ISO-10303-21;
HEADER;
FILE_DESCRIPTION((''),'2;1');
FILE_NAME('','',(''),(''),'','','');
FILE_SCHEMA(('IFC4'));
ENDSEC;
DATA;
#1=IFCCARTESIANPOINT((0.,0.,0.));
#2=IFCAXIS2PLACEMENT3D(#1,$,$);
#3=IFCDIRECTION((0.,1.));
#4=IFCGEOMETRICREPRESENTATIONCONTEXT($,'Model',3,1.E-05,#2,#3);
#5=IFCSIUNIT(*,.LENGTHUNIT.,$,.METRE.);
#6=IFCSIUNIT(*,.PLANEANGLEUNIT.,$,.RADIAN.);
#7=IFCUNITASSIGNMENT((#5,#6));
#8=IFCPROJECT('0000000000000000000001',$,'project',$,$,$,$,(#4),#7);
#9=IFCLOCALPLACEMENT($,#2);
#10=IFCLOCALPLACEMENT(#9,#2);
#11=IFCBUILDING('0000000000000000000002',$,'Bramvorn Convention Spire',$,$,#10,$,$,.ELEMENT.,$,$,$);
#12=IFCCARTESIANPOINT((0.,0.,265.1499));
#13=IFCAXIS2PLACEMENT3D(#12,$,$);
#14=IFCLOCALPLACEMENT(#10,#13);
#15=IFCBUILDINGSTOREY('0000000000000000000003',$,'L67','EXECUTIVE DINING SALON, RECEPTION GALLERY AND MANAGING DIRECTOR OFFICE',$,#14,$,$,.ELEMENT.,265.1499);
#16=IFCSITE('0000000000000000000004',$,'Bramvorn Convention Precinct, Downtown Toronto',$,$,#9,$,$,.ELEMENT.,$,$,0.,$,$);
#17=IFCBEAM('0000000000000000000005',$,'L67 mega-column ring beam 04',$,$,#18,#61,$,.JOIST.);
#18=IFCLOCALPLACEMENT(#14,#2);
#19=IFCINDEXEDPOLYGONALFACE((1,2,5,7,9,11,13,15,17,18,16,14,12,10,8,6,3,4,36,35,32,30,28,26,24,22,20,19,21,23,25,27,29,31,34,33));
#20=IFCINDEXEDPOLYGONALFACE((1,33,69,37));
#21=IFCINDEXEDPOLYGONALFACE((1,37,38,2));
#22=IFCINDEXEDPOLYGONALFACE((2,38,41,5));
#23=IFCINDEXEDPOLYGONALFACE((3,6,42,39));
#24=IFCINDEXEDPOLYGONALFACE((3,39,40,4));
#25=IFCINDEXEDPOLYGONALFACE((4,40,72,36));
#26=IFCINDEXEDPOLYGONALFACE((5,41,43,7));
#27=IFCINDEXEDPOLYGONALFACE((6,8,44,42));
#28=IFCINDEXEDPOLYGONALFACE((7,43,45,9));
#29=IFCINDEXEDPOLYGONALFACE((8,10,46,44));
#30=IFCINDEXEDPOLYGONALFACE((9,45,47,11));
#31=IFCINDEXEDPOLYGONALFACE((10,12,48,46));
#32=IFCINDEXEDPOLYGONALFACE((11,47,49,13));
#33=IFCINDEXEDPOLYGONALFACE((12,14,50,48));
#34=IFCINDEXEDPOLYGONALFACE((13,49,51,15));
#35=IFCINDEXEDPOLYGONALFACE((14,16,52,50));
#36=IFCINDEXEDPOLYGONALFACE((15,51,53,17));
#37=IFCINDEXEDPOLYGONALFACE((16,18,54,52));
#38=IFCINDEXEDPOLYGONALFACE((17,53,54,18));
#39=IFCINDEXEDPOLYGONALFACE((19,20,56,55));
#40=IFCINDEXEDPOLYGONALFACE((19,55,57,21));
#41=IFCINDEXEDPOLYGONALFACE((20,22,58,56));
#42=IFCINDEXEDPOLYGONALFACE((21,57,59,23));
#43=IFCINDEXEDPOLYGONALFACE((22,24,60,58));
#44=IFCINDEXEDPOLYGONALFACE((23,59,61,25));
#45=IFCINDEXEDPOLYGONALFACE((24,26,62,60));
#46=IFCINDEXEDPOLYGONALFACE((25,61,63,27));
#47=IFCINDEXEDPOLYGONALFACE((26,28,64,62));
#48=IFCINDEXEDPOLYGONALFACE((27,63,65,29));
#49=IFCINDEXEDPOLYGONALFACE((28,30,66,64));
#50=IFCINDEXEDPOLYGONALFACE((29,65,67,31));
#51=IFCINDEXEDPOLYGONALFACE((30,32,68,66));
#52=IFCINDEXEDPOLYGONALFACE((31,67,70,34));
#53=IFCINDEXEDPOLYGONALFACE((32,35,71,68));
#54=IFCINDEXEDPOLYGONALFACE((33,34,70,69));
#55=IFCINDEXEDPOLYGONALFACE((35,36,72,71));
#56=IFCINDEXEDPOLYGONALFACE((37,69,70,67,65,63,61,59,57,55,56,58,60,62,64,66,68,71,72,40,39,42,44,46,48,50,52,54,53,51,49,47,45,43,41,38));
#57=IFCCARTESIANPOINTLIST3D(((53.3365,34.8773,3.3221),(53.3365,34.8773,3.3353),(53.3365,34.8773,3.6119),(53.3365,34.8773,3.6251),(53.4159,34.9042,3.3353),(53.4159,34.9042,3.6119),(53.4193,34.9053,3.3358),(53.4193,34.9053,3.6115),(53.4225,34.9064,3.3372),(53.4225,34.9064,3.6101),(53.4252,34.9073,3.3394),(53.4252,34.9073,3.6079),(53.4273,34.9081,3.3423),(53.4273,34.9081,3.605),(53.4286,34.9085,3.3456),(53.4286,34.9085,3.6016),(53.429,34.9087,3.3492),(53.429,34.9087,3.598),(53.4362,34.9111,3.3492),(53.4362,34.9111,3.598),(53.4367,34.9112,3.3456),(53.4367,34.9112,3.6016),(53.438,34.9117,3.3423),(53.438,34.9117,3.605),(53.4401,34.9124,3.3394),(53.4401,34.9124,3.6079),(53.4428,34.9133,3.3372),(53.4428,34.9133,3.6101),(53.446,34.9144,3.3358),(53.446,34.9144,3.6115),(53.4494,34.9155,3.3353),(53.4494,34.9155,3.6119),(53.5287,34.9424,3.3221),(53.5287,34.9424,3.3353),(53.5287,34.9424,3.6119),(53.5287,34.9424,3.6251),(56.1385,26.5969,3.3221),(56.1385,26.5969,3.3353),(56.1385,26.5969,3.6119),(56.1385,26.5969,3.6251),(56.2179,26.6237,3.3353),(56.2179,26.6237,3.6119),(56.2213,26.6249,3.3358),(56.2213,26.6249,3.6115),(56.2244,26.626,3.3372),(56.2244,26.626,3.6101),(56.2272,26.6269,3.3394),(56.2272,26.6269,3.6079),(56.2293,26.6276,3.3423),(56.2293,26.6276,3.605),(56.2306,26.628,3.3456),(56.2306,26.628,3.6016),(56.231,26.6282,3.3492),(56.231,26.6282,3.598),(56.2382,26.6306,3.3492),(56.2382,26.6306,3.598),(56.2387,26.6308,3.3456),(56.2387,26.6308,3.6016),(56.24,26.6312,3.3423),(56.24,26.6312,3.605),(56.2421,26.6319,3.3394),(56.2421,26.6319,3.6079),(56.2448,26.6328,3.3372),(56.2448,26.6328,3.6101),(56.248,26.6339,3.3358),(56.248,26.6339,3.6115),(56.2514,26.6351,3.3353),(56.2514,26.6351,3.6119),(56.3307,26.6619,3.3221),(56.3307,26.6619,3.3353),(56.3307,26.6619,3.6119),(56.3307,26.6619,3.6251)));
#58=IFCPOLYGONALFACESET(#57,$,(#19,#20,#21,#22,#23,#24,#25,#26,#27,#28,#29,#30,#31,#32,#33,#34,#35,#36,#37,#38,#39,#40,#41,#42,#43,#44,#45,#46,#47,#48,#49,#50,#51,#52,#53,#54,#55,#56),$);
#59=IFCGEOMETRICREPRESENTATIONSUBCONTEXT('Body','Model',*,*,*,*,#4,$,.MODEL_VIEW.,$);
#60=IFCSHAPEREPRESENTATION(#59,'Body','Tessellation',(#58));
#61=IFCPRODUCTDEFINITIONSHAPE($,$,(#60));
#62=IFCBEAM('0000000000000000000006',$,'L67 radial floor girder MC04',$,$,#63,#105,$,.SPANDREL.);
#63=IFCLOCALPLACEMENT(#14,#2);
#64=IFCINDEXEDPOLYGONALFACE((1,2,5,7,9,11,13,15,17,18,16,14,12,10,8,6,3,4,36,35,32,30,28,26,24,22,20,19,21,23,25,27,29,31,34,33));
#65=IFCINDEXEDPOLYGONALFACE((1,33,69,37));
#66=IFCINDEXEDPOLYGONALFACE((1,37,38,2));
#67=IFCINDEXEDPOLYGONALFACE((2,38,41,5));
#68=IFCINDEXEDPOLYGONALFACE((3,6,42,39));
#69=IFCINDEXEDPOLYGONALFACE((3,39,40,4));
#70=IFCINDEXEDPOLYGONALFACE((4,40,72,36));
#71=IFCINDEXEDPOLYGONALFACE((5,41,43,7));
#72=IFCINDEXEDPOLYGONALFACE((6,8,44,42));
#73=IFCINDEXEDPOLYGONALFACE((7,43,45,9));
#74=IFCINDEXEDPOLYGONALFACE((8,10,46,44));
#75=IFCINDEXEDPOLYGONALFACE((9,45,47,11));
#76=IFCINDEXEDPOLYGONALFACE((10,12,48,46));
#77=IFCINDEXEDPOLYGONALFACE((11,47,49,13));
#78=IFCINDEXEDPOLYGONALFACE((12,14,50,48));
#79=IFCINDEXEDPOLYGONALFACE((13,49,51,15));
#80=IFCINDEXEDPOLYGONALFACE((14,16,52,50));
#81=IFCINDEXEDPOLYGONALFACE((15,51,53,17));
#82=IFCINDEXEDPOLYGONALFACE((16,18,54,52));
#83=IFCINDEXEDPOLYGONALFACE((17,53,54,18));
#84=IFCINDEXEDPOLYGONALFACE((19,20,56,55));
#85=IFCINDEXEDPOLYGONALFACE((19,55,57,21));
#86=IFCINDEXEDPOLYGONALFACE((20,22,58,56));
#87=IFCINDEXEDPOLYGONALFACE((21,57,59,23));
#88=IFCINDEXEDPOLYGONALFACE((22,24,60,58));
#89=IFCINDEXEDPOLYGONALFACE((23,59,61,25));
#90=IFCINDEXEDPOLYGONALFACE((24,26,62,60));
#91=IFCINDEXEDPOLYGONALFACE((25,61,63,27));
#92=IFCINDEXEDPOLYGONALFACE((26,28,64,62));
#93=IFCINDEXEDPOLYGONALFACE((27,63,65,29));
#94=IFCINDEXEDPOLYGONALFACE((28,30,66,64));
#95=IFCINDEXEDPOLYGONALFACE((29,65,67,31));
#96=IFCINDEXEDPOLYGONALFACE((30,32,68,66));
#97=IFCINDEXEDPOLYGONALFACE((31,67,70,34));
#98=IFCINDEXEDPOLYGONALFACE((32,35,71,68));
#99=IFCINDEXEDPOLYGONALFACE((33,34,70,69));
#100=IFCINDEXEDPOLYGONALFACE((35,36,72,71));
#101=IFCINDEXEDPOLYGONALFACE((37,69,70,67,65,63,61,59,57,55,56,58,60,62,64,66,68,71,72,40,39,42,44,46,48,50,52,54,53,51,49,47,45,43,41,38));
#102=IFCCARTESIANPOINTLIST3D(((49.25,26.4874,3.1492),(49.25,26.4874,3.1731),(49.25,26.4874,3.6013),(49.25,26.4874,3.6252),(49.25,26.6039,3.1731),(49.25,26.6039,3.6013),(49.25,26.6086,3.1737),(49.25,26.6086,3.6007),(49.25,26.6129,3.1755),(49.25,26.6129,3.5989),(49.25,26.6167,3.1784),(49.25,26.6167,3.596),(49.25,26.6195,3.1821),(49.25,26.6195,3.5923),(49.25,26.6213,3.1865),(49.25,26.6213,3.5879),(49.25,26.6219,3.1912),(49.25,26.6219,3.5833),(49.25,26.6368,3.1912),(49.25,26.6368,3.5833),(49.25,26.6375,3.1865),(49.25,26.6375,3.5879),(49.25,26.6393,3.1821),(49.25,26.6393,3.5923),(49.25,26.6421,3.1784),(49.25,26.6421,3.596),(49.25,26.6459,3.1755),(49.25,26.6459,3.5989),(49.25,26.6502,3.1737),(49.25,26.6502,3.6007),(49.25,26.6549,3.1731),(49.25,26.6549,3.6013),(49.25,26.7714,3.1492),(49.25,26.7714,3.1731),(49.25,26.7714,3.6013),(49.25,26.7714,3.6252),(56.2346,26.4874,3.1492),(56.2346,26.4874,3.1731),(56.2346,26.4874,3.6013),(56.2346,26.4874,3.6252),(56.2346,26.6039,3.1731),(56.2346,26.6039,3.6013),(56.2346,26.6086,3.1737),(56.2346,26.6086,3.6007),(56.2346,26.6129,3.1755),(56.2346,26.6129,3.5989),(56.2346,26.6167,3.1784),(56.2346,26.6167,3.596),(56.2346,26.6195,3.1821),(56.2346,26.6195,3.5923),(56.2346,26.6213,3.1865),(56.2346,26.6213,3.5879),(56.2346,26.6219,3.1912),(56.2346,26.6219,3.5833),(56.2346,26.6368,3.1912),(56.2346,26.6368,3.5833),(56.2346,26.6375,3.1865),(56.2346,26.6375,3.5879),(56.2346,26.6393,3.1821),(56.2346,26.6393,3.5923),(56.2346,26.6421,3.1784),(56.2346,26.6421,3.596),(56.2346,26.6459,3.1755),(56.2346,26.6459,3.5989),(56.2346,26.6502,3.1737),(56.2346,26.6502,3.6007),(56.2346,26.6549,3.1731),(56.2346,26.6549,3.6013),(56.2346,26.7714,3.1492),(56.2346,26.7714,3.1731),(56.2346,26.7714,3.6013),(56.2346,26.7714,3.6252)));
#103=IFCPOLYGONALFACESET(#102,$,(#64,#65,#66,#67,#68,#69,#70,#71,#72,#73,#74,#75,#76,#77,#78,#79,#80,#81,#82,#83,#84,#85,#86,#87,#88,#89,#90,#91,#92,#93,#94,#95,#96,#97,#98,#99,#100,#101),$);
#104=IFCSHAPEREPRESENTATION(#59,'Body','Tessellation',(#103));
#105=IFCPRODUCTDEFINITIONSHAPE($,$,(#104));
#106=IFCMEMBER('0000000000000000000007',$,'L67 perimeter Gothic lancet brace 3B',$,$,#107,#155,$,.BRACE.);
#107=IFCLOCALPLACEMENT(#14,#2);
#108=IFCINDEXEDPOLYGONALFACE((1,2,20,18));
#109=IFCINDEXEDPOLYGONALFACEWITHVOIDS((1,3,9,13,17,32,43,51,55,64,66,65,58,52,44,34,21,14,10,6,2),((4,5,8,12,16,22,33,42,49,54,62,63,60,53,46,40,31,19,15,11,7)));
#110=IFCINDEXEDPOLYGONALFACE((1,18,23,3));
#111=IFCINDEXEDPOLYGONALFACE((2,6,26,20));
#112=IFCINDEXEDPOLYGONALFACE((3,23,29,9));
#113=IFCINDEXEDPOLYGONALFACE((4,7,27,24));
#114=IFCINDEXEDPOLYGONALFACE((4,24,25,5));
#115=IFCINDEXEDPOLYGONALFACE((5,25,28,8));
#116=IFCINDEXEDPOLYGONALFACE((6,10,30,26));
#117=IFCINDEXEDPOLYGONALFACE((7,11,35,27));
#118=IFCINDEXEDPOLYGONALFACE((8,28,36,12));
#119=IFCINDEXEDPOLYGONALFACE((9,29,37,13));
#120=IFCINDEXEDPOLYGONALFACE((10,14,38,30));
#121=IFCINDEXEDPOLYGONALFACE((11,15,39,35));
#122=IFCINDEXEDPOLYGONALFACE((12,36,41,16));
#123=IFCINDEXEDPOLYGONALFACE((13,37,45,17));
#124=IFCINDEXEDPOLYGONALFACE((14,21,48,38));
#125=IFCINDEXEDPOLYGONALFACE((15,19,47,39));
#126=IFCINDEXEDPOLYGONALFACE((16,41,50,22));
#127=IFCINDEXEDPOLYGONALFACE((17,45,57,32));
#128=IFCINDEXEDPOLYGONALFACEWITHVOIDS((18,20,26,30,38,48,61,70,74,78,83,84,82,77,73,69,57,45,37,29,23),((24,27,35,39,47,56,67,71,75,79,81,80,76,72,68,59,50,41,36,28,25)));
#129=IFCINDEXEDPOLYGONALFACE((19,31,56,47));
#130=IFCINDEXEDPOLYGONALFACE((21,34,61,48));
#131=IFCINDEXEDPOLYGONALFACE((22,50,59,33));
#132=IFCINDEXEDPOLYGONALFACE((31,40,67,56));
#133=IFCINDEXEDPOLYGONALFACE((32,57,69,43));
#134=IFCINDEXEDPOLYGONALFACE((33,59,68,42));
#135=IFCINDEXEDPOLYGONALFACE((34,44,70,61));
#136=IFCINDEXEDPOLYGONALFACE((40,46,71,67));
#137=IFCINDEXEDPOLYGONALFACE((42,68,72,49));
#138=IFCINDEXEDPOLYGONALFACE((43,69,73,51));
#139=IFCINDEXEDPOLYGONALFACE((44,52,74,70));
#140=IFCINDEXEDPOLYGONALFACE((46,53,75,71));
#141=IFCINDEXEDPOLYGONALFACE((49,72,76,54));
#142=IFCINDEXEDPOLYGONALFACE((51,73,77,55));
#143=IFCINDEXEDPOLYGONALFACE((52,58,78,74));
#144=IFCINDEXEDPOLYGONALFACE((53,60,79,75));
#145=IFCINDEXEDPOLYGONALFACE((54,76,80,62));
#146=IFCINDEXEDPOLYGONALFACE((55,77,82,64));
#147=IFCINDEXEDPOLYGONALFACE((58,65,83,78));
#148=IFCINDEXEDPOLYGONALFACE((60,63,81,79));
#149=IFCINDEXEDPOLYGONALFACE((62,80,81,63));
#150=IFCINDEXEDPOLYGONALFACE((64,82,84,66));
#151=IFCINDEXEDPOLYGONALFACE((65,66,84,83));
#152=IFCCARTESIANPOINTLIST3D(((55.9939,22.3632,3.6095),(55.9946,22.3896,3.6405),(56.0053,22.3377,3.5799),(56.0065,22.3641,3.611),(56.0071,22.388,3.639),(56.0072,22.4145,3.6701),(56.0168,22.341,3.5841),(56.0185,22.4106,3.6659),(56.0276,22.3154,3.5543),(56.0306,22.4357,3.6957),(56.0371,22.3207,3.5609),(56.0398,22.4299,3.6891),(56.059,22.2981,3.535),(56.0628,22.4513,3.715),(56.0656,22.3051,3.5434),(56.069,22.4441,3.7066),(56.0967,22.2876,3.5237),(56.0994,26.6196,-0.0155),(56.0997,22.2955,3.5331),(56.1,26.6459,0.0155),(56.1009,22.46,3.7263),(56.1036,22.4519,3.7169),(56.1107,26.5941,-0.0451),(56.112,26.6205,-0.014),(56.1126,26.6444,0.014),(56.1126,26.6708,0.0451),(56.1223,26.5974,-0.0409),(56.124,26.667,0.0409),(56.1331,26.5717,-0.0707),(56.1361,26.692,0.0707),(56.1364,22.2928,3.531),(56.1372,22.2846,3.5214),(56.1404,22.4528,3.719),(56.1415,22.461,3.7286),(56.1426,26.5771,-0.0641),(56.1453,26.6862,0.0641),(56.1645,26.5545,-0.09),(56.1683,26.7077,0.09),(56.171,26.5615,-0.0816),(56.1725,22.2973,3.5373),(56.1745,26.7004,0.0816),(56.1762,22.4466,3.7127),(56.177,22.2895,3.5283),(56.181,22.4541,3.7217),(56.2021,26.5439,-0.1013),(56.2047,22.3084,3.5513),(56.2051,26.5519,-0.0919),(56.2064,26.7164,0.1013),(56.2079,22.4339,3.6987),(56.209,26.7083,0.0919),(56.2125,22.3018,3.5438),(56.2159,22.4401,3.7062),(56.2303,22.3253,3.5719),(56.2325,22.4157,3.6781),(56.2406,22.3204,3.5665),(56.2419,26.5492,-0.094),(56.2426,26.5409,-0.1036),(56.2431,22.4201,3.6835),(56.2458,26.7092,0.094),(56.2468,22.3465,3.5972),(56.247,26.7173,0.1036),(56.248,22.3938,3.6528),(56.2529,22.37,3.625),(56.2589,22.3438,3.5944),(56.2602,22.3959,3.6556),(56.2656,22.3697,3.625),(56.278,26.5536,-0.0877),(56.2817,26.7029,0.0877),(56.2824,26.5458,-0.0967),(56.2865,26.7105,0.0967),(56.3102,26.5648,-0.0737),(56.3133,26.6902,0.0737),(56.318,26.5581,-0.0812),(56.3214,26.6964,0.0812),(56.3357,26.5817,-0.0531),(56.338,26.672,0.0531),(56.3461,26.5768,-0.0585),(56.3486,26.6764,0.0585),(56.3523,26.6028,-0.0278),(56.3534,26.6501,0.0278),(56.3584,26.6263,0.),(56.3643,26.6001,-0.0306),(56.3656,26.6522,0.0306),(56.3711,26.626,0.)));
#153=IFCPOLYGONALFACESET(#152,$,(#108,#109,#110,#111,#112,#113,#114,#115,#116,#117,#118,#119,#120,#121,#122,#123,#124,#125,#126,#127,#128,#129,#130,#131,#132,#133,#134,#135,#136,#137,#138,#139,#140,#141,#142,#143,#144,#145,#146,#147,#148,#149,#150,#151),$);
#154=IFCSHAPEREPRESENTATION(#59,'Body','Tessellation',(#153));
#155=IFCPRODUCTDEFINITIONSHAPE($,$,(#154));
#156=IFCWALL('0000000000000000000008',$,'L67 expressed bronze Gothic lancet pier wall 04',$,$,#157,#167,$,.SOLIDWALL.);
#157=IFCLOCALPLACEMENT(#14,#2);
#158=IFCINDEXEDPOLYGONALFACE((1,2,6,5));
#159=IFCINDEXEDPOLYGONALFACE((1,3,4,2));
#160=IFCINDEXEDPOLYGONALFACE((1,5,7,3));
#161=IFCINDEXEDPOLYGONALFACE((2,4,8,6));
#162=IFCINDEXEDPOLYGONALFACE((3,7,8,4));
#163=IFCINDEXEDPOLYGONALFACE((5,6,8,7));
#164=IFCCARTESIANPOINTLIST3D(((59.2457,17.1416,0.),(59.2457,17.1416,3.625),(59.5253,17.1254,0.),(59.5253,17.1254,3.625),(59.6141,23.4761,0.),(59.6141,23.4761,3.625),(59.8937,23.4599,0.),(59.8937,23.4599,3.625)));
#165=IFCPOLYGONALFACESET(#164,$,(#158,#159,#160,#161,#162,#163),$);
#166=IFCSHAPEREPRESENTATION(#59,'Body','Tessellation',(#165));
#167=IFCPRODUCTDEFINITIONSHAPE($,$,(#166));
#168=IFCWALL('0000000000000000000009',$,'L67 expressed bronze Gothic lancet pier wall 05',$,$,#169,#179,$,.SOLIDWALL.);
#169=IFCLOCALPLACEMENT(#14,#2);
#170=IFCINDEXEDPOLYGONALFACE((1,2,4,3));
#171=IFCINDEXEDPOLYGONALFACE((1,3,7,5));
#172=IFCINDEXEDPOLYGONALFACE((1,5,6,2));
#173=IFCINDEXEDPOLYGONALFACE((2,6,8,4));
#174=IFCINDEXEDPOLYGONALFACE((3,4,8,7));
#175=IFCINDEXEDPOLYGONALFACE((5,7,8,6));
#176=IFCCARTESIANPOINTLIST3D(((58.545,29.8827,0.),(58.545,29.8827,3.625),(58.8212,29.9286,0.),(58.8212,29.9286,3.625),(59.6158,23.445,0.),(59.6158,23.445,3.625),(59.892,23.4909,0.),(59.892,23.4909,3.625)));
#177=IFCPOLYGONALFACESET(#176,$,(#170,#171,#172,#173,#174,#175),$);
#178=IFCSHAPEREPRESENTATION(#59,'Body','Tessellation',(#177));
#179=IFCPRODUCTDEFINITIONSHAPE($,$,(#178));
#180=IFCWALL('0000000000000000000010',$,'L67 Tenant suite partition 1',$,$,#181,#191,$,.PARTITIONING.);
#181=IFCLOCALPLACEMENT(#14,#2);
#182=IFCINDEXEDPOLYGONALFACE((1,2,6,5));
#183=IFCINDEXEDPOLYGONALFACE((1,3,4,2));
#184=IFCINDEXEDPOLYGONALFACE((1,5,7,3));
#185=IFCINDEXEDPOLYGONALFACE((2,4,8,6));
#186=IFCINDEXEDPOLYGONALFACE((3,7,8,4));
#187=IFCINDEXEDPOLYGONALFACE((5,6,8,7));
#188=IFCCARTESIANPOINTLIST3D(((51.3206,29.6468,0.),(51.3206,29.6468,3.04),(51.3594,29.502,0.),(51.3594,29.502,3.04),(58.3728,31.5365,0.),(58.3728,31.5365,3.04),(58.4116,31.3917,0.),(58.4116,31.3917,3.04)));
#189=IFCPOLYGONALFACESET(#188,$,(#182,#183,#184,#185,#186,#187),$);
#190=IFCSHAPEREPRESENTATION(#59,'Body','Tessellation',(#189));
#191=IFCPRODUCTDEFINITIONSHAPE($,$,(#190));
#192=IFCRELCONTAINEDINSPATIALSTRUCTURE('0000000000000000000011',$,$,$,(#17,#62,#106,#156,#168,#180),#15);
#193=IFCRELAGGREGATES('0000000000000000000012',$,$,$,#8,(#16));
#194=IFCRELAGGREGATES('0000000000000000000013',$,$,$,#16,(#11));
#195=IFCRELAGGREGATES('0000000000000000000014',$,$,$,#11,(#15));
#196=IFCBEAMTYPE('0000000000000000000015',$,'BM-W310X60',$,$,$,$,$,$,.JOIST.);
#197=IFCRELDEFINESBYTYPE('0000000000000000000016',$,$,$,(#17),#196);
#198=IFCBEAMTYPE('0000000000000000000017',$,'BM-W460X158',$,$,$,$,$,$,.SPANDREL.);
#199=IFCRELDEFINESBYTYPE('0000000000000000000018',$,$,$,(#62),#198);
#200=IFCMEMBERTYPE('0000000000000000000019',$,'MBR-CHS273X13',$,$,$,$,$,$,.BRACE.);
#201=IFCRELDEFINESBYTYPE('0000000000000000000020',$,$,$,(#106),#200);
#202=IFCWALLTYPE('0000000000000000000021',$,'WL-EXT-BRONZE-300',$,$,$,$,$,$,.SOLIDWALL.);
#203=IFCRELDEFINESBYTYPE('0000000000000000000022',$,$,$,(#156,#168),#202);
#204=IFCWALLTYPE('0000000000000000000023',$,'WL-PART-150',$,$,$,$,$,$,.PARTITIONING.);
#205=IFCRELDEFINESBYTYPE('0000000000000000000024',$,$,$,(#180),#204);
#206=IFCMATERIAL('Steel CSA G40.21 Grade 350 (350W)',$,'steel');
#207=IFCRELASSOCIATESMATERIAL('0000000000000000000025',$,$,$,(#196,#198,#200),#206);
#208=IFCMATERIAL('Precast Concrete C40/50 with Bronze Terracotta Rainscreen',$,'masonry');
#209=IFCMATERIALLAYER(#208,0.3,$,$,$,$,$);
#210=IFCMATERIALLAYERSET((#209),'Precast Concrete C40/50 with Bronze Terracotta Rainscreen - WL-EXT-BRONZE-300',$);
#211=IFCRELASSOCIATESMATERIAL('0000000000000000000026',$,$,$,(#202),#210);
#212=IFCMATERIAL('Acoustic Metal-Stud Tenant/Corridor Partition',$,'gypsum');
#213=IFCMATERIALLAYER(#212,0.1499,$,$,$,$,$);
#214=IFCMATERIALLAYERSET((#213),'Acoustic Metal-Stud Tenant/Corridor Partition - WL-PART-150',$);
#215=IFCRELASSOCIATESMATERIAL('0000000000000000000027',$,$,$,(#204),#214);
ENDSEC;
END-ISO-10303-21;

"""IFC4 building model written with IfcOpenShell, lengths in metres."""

from ifc_helpers import new_model, si_unit, direction, frame, frame_2d, origin, origin_2d, place, context, subcontext, project, spatial, rectangle, hollow_circle, i_section, extrude, material, layer, layer_set, material_profile, profile_set, type_object, element, save


model = new_model("IFC4")

# Units and contexts
model_context = context("Model", 3, precision=1e-05, world=origin(), true_north=direction((0.0, 1.0)))
body_context = subcontext(model_context, "Body", "Model", "MODEL_VIEW")
ifc_project = project(units=[si_unit("LENGTHUNIT", "METRE"), si_unit("PLANEANGLEUNIT", "RADIAN")], contexts=[model_context])

# Site, building, storey
site_placement = place(None, origin())
site = spatial("IfcSite", under=ifc_project, at=site_placement, Name="Bramvorn Convention Precinct, Downtown Toronto", CompositionType="ELEMENT", RefElevation=0.0)
building_placement = place(site_placement, origin())
building = spatial("IfcBuilding", under=site, at=building_placement, Name="Bramvorn Convention Spire", CompositionType="ELEMENT")
storey_placement = place(building_placement, frame((0.0, 0.0, 265.1499)))
storey = spatial("IfcBuildingStorey", under=building, at=storey_placement, Name="L67", Description="EXECUTIVE DINING SALON, RECEPTION GALLERY AND MANAGING DIRECTOR OFFICE", CompositionType="ELEMENT", Elevation=265.1499)

# Shared definitions
ifc_material_1 = material(Name="Steel CSA G40.21 Grade 350 (350W)", Category="steel")

# Beams
ifc_material_profile_1 = material_profile(ifc_material_1, i_section(OverallWidth=0.2029, OverallDepth=0.303, WebThickness=0.0076, FlangeThickness=0.0132, FilletRadius=0.0139, at=origin_2d()))
ifc_profile_set_1 = profile_set([ifc_material_profile_1], Name="Steel CSA G40.21 Grade 350 (350W) - W310X60")
beam_type_1 = type_object("IfcBeamType", Name="BM-W310X60", PredefinedType="JOIST", material=ifc_profile_set_1)
beam_1_placement = place(storey_placement, frame((56.2346, 26.6294, 3.4736), z_axis=(-0.320531, 0.947238, 0.0), x_axis=(-0.947238, -0.320531, 0.0)))
element("IfcBeam", 1, at=beam_1_placement, inside=storey, type_object=beam_type_1, Name="L67 mega-column ring beam 04", PredefinedType="JOIST", context=body_context, shape_type="SweptSolid", body=[
    extrude(i_section(OverallWidth=0.2029, OverallDepth=0.303, WebThickness=0.0076, FlangeThickness=0.0132, FilletRadius=0.0139, at=origin_2d()), origin(), (0.0, 0.0, 1.0), 8.7417),
])
ifc_material_profile_2 = material_profile(ifc_material_1, i_section(OverallWidth=0.2839, OverallDepth=0.4761, WebThickness=0.0149, FlangeThickness=0.0239, FilletRadius=0.0181, at=origin_2d()))
ifc_profile_set_2 = profile_set([ifc_material_profile_2], Name="Steel CSA G40.21 Grade 350 (350W) - W460X158")
beam_type_2 = type_object("IfcBeamType", Name="BM-W460X158", PredefinedType="SPANDREL", material=ifc_profile_set_2)
beam_2_placement = place(storey_placement, frame((49.25, 26.6294, 3.3872), z_axis=(1.0, 0.0, 0.0), x_axis=(0.0, 1.0, 0.0)))
element("IfcBeam", 2, at=beam_2_placement, inside=storey, type_object=beam_type_2, Name="L67 radial floor girder MC04", PredefinedType="SPANDREL", context=body_context, shape_type="SweptSolid", body=[
    extrude(i_section(OverallWidth=0.2839, OverallDepth=0.4761, WebThickness=0.0149, FlangeThickness=0.0239, FilletRadius=0.0181, at=origin_2d()), origin(), (0.0, 0.0, 1.0), 6.9846),
])

# Member
ifc_material_profile_3 = material_profile(ifc_material_1, hollow_circle(Radius=0.1365, WallThickness=0.0127, at=origin_2d()))
ifc_profile_set_3 = profile_set([ifc_material_profile_3], Name="Steel CSA G40.21 Grade 350 (350W) - CHS273X13")
member_type = type_object("IfcMemberType", Name="MBR-CHS273X13", PredefinedType="BRACE", material=ifc_profile_set_3)
member_placement = place(storey_placement, frame((56.2346, 26.6294, 0.0), z_axis=(-0.018861, -0.761176, 0.648271), x_axis=(0.999693, -0.024772, 0.0)))
element("IfcMember", 3, at=member_placement, inside=storey, type_object=member_type, Name="L67 perimeter Gothic lancet brace 3B", PredefinedType="BRACE", context=body_context, shape_type="SweptSolid", body=[
    extrude(hollow_circle(Radius=0.1365, WallThickness=0.0127, at=origin_2d()), origin(), (0.0, 0.0, 1.0), 5.5918),
])

# Walls
ifc_material_2 = material(Name="Precast Concrete C40/50 with Bronze Terracotta Rainscreen", Category="masonry")
ifc_layer_1 = layer(ifc_material_2, 0.3)
ifc_layer_set_1 = layer_set([ifc_layer_1], Name="Precast Concrete C40/50 with Bronze Terracotta Rainscreen - WL-EXT-BRONZE-300")
wall_type_1 = type_object("IfcWallType", Name="WL-EXT-BRONZE-300", PredefinedType="SOLIDWALL", material=ifc_layer_set_1)
wall_1_placement = place(storey_placement, frame((59.7539, 23.468, 0.0), z_axis=(0.0, 0.0, 1.0), x_axis=(-0.058061, -0.998313, 0.0)))
element("IfcWall", 4, at=wall_1_placement, inside=storey, type_object=wall_type_1, Name="L67 expressed bronze Gothic lancet pier wall 04", PredefinedType="SOLIDWALL", context=body_context, shape_type="SweptSolid", body=[
    extrude(rectangle(XDim=6.3452, YDim=0.28, at=frame_2d((3.1726, 0.0))), origin(), (0.0, 0.0, 1.0), 3.625),
])
wall_2_placement = place(storey_placement, frame((58.6831, 29.9058, 0.0), z_axis=(0.0, 0.0, 1.0), x_axis=(0.164077, -0.986447, 0.0)))
element("IfcWall", 5, at=wall_2_placement, inside=storey, type_object=wall_type_1, Name="L67 expressed bronze Gothic lancet pier wall 05", PredefinedType="SOLIDWALL", context=body_context, shape_type="SweptSolid", body=[
    extrude(rectangle(XDim=6.5261, YDim=0.28, at=frame_2d((3.2632, 0.0))), origin(), (0.0, 0.0, 1.0), 3.625),
])
ifc_material_3 = material(Name="Acoustic Metal-Stud Tenant/Corridor Partition", Category="gypsum")
ifc_layer_2 = layer(ifc_material_3, 0.1499)
ifc_layer_set_2 = layer_set([ifc_layer_2], Name="Acoustic Metal-Stud Tenant/Corridor Partition - WL-PART-150")
wall_type_2 = type_object("IfcWallType", Name="WL-PART-150", PredefinedType="PARTITIONING", material=ifc_layer_set_2)
wall_3_placement = place(storey_placement, frame((51.3401, 29.5745, 0.0), z_axis=(0.0, 0.0, 1.0), x_axis=(0.965926, 0.25882, 0.0)))
element("IfcWall", 6, at=wall_3_placement, inside=storey, type_object=wall_type_2, Name="L67 Tenant suite partition 1", PredefinedType="PARTITIONING", context=body_context, shape_type="SweptSolid", body=[
    extrude(rectangle(XDim=7.301, YDim=0.1499, at=frame_2d((3.6504, 0.0))), origin(), (0.0, 0.0, 1.0), 3.04),
])

save(model, "model.ifc")
